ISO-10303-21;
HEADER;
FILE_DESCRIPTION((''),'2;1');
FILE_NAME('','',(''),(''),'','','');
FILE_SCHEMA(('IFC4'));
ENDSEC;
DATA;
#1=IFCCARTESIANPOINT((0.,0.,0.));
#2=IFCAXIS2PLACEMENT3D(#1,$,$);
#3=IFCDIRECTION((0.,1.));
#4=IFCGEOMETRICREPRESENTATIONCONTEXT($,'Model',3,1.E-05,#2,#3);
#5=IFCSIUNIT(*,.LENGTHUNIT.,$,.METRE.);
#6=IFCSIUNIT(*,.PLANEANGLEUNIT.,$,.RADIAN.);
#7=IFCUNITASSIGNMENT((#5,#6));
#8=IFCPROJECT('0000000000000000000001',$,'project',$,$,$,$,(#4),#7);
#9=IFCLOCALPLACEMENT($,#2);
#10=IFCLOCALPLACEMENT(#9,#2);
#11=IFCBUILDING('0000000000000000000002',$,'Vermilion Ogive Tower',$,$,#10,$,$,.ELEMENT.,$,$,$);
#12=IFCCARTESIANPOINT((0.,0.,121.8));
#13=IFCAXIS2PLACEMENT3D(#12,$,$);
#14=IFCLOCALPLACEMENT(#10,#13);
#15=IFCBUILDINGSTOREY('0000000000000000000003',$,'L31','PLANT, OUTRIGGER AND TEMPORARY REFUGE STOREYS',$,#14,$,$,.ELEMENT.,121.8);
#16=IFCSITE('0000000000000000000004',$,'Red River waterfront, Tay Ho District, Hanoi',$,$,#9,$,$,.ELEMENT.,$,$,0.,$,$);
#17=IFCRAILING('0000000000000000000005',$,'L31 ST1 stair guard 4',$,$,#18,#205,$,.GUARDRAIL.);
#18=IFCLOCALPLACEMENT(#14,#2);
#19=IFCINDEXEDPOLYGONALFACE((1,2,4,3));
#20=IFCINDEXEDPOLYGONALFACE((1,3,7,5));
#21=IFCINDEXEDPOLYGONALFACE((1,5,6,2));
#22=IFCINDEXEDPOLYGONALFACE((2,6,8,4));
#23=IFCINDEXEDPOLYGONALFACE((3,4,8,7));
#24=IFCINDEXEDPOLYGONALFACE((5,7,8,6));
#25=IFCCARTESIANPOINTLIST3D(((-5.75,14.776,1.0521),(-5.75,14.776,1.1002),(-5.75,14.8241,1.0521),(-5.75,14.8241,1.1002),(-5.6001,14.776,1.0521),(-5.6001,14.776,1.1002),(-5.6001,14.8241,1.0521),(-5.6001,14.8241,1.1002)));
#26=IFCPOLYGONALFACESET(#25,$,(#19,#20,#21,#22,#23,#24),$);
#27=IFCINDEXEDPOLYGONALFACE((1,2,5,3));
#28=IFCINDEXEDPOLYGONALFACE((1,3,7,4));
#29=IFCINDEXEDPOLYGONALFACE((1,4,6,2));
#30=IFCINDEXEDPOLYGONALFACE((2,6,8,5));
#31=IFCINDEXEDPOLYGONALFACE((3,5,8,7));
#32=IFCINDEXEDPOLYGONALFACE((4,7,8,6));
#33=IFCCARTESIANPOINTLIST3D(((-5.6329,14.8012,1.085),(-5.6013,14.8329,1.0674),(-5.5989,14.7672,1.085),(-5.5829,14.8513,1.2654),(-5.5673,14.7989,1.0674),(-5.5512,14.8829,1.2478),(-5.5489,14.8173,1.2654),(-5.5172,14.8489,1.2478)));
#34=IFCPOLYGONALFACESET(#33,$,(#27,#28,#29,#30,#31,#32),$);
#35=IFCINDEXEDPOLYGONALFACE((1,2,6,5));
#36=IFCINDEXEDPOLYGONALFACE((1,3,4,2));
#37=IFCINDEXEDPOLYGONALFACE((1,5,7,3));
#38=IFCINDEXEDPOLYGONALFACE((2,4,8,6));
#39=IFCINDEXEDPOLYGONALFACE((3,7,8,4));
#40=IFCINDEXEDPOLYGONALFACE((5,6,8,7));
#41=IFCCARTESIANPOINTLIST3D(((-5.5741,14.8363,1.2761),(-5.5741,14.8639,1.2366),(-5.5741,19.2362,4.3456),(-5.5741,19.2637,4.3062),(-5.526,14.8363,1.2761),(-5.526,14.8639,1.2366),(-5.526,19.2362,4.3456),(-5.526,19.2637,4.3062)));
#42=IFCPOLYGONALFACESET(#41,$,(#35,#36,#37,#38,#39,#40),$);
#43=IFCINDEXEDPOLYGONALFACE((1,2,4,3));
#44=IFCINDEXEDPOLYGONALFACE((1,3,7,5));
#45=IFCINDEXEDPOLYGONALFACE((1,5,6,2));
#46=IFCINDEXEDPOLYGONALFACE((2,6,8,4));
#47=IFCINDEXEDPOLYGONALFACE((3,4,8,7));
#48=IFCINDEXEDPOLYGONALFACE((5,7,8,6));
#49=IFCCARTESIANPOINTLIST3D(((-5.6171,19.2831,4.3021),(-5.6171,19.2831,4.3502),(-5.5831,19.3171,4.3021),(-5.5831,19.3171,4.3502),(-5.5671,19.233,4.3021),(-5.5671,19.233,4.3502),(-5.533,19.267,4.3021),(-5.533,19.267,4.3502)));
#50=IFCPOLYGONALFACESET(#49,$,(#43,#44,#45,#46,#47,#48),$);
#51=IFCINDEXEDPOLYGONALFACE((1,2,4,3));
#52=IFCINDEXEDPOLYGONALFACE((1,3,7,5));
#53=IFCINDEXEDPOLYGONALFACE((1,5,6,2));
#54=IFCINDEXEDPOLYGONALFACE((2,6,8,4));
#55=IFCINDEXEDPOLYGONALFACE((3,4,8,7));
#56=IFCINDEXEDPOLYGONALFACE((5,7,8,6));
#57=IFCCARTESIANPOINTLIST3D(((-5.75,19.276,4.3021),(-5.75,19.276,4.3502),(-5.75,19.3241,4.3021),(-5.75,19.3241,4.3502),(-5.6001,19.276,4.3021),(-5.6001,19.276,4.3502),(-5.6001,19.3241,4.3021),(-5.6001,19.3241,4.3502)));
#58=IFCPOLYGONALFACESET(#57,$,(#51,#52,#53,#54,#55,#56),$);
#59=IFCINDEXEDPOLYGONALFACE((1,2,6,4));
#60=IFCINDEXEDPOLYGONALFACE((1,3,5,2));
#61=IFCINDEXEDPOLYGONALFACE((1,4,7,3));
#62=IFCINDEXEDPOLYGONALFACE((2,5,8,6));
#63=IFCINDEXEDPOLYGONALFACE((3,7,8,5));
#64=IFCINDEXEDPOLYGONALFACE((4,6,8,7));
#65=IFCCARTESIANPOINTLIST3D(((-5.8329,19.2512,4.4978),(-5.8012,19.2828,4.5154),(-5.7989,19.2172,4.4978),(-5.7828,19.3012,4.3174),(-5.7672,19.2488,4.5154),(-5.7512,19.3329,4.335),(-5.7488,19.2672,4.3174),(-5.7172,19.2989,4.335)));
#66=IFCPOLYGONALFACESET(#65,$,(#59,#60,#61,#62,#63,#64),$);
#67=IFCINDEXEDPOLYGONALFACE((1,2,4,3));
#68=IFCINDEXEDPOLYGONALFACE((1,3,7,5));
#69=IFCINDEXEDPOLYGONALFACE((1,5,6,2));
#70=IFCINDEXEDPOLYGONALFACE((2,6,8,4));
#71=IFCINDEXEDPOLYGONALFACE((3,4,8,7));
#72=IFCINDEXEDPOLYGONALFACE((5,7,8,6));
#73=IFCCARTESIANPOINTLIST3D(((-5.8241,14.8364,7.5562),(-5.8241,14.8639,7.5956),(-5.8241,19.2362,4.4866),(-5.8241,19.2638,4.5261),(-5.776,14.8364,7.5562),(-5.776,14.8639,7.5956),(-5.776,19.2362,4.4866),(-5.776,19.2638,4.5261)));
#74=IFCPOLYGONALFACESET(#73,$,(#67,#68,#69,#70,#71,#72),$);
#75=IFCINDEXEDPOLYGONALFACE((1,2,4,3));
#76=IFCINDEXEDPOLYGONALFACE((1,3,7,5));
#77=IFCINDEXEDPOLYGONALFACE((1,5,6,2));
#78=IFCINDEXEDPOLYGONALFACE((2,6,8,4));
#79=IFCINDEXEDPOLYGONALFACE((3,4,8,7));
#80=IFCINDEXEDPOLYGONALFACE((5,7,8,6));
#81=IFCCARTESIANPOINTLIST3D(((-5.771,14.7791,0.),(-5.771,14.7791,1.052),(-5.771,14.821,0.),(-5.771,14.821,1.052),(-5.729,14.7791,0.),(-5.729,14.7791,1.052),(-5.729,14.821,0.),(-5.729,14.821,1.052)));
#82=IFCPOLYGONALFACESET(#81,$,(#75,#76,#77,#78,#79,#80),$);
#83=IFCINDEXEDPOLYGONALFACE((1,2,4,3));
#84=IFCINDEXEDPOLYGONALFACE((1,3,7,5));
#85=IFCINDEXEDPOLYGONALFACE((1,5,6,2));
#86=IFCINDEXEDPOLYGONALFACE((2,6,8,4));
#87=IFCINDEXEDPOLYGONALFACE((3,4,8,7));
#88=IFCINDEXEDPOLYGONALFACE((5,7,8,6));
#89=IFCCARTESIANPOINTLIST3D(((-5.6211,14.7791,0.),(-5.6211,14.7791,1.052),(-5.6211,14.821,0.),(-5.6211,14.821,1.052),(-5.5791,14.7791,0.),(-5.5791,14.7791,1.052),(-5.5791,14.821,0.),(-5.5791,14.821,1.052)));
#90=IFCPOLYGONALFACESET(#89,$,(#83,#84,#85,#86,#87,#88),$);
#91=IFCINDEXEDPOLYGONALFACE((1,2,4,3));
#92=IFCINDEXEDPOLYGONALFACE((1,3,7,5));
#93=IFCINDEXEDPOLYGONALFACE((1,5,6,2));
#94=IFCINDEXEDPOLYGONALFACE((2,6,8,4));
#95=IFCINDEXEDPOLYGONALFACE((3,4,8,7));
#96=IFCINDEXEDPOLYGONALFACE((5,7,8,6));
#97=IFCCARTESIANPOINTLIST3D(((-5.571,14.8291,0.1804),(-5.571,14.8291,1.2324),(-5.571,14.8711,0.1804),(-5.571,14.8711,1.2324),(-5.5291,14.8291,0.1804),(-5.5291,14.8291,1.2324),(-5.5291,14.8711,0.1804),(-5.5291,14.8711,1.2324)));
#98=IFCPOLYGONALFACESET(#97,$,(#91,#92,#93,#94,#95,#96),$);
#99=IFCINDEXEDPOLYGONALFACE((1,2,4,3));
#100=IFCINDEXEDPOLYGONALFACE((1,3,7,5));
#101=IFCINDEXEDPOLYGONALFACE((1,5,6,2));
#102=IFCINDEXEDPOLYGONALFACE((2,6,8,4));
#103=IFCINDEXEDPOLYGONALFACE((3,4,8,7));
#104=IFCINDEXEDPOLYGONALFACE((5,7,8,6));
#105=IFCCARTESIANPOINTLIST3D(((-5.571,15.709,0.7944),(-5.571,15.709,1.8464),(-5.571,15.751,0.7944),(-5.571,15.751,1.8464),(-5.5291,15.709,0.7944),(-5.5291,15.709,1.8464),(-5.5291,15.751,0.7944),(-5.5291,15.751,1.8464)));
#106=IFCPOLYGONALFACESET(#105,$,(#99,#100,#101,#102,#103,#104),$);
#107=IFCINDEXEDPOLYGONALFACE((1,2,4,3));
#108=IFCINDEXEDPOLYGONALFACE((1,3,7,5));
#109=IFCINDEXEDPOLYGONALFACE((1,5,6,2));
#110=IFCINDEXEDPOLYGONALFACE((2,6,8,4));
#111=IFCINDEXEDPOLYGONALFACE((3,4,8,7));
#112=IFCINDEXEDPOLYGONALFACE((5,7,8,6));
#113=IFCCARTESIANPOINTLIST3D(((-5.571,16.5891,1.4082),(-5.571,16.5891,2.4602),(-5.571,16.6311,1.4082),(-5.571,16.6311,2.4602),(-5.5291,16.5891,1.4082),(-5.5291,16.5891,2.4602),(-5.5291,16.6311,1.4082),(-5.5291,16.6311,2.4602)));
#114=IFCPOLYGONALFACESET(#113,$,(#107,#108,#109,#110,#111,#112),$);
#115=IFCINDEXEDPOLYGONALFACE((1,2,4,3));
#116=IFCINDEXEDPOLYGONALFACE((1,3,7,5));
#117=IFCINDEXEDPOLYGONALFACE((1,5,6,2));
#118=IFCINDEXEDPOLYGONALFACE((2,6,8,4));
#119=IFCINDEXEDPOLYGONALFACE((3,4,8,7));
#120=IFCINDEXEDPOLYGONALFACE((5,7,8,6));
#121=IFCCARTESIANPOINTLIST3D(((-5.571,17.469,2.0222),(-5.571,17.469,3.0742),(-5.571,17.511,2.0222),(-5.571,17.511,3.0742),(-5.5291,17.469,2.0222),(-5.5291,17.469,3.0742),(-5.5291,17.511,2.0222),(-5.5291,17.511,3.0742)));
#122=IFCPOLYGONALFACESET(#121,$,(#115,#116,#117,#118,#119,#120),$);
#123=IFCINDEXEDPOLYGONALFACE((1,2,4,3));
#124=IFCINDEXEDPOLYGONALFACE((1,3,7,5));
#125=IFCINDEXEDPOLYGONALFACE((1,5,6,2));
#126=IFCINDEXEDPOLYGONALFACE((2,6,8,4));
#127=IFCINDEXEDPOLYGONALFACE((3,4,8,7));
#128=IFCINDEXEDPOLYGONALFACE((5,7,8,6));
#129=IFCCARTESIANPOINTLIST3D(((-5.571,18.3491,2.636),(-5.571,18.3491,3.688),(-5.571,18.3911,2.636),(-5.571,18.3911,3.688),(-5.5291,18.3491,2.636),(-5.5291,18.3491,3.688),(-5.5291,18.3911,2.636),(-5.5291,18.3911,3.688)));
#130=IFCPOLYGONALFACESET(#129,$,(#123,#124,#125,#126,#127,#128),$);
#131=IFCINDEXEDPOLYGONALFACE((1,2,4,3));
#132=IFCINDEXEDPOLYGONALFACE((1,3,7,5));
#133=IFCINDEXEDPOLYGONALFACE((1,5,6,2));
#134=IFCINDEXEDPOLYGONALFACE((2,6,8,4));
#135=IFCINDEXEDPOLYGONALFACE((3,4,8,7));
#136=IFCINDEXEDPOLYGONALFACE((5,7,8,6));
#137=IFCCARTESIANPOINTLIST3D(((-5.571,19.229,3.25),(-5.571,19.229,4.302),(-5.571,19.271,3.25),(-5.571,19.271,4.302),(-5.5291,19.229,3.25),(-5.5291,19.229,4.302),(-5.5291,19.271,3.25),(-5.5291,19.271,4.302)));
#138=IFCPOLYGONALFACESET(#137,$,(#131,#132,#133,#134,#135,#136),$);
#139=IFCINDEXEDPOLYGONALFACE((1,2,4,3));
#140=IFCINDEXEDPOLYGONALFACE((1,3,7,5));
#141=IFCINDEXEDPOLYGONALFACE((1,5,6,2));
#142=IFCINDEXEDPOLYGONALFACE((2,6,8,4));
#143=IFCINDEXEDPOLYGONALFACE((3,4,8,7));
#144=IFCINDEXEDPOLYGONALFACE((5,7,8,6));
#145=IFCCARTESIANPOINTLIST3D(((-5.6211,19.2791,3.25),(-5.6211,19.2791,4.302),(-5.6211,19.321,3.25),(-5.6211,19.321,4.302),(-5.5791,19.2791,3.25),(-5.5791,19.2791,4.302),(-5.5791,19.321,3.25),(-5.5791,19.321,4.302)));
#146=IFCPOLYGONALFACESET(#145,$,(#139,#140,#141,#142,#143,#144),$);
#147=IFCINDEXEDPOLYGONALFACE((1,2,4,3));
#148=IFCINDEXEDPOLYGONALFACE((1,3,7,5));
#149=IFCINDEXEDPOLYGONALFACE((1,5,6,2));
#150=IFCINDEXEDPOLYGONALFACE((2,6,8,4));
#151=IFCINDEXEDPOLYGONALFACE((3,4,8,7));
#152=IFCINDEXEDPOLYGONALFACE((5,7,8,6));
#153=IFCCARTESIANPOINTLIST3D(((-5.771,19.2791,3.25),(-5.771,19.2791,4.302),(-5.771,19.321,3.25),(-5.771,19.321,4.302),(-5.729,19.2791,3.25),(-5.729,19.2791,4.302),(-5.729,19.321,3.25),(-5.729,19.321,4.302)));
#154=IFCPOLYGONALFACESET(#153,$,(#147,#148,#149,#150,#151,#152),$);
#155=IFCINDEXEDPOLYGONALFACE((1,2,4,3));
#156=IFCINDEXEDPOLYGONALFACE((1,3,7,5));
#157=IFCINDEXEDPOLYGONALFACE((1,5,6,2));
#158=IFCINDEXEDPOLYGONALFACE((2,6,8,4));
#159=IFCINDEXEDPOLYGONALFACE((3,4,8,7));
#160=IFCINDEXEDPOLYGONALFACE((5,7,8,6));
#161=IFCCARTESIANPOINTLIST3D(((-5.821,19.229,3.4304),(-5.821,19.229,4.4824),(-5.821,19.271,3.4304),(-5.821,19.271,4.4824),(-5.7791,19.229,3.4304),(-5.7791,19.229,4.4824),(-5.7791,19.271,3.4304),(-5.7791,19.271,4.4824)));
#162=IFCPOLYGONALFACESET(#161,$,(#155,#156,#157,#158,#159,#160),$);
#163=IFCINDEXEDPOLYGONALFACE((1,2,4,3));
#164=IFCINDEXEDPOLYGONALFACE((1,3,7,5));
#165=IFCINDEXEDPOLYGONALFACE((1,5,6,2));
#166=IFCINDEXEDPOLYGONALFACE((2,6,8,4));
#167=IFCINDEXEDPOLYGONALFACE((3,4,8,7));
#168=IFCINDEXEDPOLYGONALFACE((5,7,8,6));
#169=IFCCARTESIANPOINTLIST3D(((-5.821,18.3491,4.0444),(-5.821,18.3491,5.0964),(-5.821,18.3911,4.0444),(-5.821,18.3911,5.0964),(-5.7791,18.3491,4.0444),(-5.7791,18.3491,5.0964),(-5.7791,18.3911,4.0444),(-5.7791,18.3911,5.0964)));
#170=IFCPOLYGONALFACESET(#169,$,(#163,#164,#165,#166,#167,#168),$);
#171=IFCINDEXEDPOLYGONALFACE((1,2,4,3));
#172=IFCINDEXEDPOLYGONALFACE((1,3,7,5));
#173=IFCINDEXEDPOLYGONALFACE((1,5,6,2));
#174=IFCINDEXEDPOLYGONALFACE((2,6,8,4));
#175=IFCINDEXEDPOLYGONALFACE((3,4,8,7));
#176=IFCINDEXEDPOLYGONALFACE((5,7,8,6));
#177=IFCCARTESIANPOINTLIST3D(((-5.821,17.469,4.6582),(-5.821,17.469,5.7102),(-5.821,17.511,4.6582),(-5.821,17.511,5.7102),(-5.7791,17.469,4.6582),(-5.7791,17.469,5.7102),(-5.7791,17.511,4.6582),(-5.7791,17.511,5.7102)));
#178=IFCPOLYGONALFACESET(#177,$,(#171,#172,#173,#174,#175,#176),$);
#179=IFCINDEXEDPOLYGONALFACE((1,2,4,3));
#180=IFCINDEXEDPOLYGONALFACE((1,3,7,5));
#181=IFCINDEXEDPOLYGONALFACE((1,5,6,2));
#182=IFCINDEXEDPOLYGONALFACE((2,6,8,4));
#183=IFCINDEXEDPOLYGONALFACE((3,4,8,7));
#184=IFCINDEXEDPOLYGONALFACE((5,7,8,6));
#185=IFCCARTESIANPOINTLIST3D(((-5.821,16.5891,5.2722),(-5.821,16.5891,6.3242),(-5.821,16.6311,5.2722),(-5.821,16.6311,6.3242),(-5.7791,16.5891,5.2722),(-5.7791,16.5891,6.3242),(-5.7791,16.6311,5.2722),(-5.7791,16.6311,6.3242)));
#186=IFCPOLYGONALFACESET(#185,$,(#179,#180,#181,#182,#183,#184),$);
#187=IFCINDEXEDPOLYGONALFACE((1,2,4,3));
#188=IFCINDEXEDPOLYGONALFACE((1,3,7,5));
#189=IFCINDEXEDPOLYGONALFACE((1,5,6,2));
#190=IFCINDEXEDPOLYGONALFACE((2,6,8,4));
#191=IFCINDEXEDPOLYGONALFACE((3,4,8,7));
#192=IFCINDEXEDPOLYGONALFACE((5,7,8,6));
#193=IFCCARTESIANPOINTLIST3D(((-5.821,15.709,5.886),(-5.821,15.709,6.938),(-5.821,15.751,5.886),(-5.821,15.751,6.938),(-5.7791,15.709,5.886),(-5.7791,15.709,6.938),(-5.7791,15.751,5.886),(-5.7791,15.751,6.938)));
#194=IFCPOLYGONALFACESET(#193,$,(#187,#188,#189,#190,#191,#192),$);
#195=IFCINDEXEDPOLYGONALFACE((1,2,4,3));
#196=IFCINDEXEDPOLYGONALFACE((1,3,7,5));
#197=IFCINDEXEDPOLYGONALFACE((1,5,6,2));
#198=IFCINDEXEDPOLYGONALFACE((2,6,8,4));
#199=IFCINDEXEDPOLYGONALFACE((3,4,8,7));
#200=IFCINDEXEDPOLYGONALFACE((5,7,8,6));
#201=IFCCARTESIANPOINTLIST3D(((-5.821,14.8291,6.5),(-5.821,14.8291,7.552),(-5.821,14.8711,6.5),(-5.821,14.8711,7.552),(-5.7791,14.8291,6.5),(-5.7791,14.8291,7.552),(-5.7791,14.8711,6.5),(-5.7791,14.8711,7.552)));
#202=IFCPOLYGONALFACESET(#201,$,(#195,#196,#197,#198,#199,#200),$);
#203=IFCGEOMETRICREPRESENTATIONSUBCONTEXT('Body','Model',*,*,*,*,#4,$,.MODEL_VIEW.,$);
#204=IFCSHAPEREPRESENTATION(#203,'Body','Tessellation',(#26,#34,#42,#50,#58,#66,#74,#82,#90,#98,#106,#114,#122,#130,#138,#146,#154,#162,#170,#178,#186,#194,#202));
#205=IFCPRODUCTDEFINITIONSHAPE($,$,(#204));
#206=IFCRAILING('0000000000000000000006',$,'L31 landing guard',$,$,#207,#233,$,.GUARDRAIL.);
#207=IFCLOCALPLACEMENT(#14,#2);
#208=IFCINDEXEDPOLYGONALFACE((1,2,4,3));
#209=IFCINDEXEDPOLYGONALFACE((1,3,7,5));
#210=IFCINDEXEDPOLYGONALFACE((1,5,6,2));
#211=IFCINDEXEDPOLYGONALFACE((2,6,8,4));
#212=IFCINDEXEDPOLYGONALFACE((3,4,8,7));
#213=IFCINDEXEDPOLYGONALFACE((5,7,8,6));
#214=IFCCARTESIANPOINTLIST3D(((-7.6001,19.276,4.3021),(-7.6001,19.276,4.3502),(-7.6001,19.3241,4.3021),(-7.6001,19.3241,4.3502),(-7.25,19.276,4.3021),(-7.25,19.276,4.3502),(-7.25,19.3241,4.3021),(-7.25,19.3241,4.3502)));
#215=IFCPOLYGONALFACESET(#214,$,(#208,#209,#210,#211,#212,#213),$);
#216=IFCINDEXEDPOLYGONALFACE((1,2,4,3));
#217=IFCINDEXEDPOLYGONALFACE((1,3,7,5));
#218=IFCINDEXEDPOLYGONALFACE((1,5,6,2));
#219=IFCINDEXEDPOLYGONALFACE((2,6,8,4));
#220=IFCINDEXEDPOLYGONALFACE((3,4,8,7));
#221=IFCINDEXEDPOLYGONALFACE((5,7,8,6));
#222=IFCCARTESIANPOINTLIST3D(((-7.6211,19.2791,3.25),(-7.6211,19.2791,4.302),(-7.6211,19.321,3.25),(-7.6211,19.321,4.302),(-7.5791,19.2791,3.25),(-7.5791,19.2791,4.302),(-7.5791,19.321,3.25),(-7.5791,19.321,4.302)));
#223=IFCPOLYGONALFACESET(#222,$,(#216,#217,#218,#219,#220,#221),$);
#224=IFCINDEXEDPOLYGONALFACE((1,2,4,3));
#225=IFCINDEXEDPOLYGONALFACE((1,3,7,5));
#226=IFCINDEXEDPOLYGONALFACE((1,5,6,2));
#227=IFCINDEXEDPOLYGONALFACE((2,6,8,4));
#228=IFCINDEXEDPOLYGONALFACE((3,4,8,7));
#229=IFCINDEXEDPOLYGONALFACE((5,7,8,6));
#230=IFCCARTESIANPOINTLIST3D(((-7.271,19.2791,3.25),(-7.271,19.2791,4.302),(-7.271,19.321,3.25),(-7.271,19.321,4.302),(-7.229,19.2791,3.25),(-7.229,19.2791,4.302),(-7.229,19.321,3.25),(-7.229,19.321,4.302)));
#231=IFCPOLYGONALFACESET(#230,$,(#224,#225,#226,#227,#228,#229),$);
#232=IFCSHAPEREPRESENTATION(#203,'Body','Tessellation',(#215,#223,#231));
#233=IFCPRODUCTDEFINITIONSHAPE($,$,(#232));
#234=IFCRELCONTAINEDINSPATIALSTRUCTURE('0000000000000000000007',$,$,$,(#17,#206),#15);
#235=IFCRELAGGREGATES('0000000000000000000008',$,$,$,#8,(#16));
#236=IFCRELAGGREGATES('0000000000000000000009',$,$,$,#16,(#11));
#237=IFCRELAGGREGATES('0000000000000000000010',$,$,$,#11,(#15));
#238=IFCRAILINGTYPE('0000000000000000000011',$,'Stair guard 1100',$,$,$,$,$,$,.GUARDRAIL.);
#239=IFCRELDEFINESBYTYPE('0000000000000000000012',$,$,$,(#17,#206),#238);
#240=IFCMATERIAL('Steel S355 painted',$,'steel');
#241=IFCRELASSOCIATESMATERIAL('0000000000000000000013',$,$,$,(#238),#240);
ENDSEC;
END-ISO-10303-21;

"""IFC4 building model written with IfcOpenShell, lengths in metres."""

from ifc_helpers import new_model, si_unit, direction, frame, origin, origin_2d, place, context, subcontext, project, spatial, rectangle, extrude, material, type_object, element, save


model = new_model("IFC4")

# Units and contexts
model_context = context("Model", 3, precision=1e-05, world=origin(), true_north=direction((0.0, 1.0)))
body_context = subcontext(model_context, "Body", "Model", "MODEL_VIEW")
ifc_project = project(units=[si_unit("LENGTHUNIT", "METRE"), si_unit("PLANEANGLEUNIT", "RADIAN")], contexts=[model_context])

# Site, building, storey
site_placement = place(None, origin())
site = spatial("IfcSite", under=ifc_project, at=site_placement, Name="Red River waterfront, Tay Ho District, Hanoi", CompositionType="ELEMENT", RefElevation=0.0)
building_placement = place(site_placement, origin())
building = spatial("IfcBuilding", under=site, at=building_placement, Name="Vermilion Ogive Tower", CompositionType="ELEMENT")
storey_placement = place(building_placement, frame((0.0, 0.0, 121.8)))
storey = spatial("IfcBuildingStorey", under=building, at=storey_placement, Name="L31", Description="PLANT, OUTRIGGER AND TEMPORARY REFUGE STOREYS", CompositionType="ELEMENT", Elevation=121.8)

# Railings
ifc_material_1 = material(Name="Steel S355 painted", Category="steel")
railing_type_1 = type_object("IfcRailingType", Name="Stair guard 1100", PredefinedType="GUARDRAIL", material=ifc_material_1)
railing_1_placement = place(storey_placement, frame((-5.75, 14.8, 0.0)))
element("IfcRailing", 1, at=railing_1_placement, inside=storey, type_object=railing_type_1, Name="L31 ST1 stair guard 4", PredefinedType="GUARDRAIL", context=body_context, shape_type="SweptSolid", body=[
    extrude(rectangle(XDim=0.0481, YDim=0.0481, at=origin_2d()), frame((0.0, 0.0, 1.0762), z_axis=(1.0, 0.0, 0.0), x_axis=(0.0, 1.0, 0.0)), (0.0, 0.0, 1.0), 0.1499),
    extrude(rectangle(XDim=0.0481, YDim=0.0481, at=origin_2d()), frame((0.1499, 0.0, 1.0762), z_axis=(0.258241, 0.258241, 0.930926), x_axis=(-0.707107, 0.707107, 0.0)), (0.0, 0.0, 1.0), 0.1938),
    extrude(rectangle(XDim=0.0481, YDim=0.0481, at=origin_2d()), frame((0.2, 0.05, 1.2563), z_axis=(0.0, 0.820137, 0.572167), x_axis=(-1.0, 0.0, 0.0)), (0.0, 0.0, 1.0), 5.3647),
    extrude(rectangle(XDim=0.0481, YDim=0.0481, at=origin_2d()), frame((0.2, 4.45, 4.3262), z_axis=(-0.707107, 0.707107, 0.0), x_axis=(-0.707107, -0.707107, 0.0)), (0.0, 0.0, 1.0), 0.0708),
    extrude(rectangle(XDim=0.0481, YDim=0.0481, at=origin_2d()), frame((0.1499, 4.5, 4.3262), z_axis=(-1.0, 0.0, 0.0), x_axis=(0.0, -1.0, 0.0)), (0.0, 0.0, 1.0), 0.1499),
    extrude(rectangle(XDim=0.0481, YDim=0.0481, at=origin_2d()), frame((0.0, 4.5, 4.3262), z_axis=(-0.258241, -0.258241, 0.930926), x_axis=(0.707107, -0.707107, 0.0)), (0.0, 0.0, 1.0), 0.1938),
    extrude(rectangle(XDim=0.0481, YDim=0.0481, at=origin_2d()), frame((-0.05, 4.45, 4.5063), z_axis=(0.0, -0.820137, 0.572167), x_axis=(1.0, 0.0, 0.0)), (0.0, 0.0, 1.0), 5.3647),
    extrude(rectangle(XDim=0.042, YDim=0.042, at=origin_2d()), origin(), (0.0, 0.0, 1.0), 1.052),
    extrude(rectangle(XDim=0.042, YDim=0.042, at=origin_2d()), frame((0.1499, 0.0, 0.0)), (0.0, 0.0, 1.0), 1.052),
    extrude(rectangle(XDim=0.042, YDim=0.042, at=origin_2d()), frame((0.2, 0.05, 0.1804)), (0.0, 0.0, 1.0), 1.052),
    extrude(rectangle(XDim=0.042, YDim=0.042, at=origin_2d()), frame((0.2, 0.9299, 0.7944)), (0.0, 0.0, 1.0), 1.052),
    extrude(rectangle(XDim=0.042, YDim=0.042, at=origin_2d()), frame((0.2, 1.8101, 1.4082)), (0.0, 0.0, 1.0), 1.052),
    extrude(rectangle(XDim=0.042, YDim=0.042, at=origin_2d()), frame((0.2, 2.6899, 2.0222)), (0.0, 0.0, 1.0), 1.052),
    extrude(rectangle(XDim=0.042, YDim=0.042, at=origin_2d()), frame((0.2, 3.5701, 2.636)), (0.0, 0.0, 1.0), 1.052),
    extrude(rectangle(XDim=0.042, YDim=0.042, at=origin_2d()), frame((0.2, 4.45, 3.25)), (0.0, 0.0, 1.0), 1.052),
    extrude(rectangle(XDim=0.042, YDim=0.042, at=origin_2d()), frame((0.1499, 4.5, 3.25)), (0.0, 0.0, 1.0), 1.052),
    extrude(rectangle(XDim=0.042, YDim=0.042, at=origin_2d()), frame((0.0, 4.5, 3.25)), (0.0, 0.0, 1.0), 1.052),
    extrude(rectangle(XDim=0.042, YDim=0.042, at=origin_2d()), frame((-0.05, 4.45, 3.4304)), (0.0, 0.0, 1.0), 1.052),
    extrude(rectangle(XDim=0.042, YDim=0.042, at=origin_2d()), frame((-0.05, 3.5701, 4.0444)), (0.0, 0.0, 1.0), 1.052),
    extrude(rectangle(XDim=0.042, YDim=0.042, at=origin_2d()), frame((-0.05, 2.6899, 4.6582)), (0.0, 0.0, 1.0), 1.052),
    extrude(rectangle(XDim=0.042, YDim=0.042, at=origin_2d()), frame((-0.05, 1.8101, 5.2722)), (0.0, 0.0, 1.0), 1.052),
    extrude(rectangle(XDim=0.042, YDim=0.042, at=origin_2d()), frame((-0.05, 0.9299, 5.886)), (0.0, 0.0, 1.0), 1.052),
    extrude(rectangle(XDim=0.042, YDim=0.042, at=origin_2d()), frame((-0.05, 0.05, 6.5)), (0.0, 0.0, 1.0), 1.052),
])
railing_2_placement = place(storey_placement, frame((-7.6001, 19.3, 3.25)))
element("IfcRailing", 2, at=railing_2_placement, inside=storey, type_object=railing_type_1, Name="L31 landing guard", PredefinedType="GUARDRAIL", context=body_context, shape_type="SweptSolid", body=[
    extrude(rectangle(XDim=0.0481, YDim=0.0481, at=origin_2d()), frame((0.0, 0.0, 1.0762), z_axis=(1.0, 0.0, 0.0), x_axis=(0.0, 1.0, 0.0)), (0.0, 0.0, 1.0), 0.3501),
    extrude(rectangle(XDim=0.042, YDim=0.042, at=origin_2d()), origin(), (0.0, 0.0, 1.0), 1.052),
    extrude(rectangle(XDim=0.042, YDim=0.042, at=origin_2d()), frame((0.3501, 0.0, 0.0)), (0.0, 0.0, 1.0), 1.052),
])

save(model, "model.ifc")
